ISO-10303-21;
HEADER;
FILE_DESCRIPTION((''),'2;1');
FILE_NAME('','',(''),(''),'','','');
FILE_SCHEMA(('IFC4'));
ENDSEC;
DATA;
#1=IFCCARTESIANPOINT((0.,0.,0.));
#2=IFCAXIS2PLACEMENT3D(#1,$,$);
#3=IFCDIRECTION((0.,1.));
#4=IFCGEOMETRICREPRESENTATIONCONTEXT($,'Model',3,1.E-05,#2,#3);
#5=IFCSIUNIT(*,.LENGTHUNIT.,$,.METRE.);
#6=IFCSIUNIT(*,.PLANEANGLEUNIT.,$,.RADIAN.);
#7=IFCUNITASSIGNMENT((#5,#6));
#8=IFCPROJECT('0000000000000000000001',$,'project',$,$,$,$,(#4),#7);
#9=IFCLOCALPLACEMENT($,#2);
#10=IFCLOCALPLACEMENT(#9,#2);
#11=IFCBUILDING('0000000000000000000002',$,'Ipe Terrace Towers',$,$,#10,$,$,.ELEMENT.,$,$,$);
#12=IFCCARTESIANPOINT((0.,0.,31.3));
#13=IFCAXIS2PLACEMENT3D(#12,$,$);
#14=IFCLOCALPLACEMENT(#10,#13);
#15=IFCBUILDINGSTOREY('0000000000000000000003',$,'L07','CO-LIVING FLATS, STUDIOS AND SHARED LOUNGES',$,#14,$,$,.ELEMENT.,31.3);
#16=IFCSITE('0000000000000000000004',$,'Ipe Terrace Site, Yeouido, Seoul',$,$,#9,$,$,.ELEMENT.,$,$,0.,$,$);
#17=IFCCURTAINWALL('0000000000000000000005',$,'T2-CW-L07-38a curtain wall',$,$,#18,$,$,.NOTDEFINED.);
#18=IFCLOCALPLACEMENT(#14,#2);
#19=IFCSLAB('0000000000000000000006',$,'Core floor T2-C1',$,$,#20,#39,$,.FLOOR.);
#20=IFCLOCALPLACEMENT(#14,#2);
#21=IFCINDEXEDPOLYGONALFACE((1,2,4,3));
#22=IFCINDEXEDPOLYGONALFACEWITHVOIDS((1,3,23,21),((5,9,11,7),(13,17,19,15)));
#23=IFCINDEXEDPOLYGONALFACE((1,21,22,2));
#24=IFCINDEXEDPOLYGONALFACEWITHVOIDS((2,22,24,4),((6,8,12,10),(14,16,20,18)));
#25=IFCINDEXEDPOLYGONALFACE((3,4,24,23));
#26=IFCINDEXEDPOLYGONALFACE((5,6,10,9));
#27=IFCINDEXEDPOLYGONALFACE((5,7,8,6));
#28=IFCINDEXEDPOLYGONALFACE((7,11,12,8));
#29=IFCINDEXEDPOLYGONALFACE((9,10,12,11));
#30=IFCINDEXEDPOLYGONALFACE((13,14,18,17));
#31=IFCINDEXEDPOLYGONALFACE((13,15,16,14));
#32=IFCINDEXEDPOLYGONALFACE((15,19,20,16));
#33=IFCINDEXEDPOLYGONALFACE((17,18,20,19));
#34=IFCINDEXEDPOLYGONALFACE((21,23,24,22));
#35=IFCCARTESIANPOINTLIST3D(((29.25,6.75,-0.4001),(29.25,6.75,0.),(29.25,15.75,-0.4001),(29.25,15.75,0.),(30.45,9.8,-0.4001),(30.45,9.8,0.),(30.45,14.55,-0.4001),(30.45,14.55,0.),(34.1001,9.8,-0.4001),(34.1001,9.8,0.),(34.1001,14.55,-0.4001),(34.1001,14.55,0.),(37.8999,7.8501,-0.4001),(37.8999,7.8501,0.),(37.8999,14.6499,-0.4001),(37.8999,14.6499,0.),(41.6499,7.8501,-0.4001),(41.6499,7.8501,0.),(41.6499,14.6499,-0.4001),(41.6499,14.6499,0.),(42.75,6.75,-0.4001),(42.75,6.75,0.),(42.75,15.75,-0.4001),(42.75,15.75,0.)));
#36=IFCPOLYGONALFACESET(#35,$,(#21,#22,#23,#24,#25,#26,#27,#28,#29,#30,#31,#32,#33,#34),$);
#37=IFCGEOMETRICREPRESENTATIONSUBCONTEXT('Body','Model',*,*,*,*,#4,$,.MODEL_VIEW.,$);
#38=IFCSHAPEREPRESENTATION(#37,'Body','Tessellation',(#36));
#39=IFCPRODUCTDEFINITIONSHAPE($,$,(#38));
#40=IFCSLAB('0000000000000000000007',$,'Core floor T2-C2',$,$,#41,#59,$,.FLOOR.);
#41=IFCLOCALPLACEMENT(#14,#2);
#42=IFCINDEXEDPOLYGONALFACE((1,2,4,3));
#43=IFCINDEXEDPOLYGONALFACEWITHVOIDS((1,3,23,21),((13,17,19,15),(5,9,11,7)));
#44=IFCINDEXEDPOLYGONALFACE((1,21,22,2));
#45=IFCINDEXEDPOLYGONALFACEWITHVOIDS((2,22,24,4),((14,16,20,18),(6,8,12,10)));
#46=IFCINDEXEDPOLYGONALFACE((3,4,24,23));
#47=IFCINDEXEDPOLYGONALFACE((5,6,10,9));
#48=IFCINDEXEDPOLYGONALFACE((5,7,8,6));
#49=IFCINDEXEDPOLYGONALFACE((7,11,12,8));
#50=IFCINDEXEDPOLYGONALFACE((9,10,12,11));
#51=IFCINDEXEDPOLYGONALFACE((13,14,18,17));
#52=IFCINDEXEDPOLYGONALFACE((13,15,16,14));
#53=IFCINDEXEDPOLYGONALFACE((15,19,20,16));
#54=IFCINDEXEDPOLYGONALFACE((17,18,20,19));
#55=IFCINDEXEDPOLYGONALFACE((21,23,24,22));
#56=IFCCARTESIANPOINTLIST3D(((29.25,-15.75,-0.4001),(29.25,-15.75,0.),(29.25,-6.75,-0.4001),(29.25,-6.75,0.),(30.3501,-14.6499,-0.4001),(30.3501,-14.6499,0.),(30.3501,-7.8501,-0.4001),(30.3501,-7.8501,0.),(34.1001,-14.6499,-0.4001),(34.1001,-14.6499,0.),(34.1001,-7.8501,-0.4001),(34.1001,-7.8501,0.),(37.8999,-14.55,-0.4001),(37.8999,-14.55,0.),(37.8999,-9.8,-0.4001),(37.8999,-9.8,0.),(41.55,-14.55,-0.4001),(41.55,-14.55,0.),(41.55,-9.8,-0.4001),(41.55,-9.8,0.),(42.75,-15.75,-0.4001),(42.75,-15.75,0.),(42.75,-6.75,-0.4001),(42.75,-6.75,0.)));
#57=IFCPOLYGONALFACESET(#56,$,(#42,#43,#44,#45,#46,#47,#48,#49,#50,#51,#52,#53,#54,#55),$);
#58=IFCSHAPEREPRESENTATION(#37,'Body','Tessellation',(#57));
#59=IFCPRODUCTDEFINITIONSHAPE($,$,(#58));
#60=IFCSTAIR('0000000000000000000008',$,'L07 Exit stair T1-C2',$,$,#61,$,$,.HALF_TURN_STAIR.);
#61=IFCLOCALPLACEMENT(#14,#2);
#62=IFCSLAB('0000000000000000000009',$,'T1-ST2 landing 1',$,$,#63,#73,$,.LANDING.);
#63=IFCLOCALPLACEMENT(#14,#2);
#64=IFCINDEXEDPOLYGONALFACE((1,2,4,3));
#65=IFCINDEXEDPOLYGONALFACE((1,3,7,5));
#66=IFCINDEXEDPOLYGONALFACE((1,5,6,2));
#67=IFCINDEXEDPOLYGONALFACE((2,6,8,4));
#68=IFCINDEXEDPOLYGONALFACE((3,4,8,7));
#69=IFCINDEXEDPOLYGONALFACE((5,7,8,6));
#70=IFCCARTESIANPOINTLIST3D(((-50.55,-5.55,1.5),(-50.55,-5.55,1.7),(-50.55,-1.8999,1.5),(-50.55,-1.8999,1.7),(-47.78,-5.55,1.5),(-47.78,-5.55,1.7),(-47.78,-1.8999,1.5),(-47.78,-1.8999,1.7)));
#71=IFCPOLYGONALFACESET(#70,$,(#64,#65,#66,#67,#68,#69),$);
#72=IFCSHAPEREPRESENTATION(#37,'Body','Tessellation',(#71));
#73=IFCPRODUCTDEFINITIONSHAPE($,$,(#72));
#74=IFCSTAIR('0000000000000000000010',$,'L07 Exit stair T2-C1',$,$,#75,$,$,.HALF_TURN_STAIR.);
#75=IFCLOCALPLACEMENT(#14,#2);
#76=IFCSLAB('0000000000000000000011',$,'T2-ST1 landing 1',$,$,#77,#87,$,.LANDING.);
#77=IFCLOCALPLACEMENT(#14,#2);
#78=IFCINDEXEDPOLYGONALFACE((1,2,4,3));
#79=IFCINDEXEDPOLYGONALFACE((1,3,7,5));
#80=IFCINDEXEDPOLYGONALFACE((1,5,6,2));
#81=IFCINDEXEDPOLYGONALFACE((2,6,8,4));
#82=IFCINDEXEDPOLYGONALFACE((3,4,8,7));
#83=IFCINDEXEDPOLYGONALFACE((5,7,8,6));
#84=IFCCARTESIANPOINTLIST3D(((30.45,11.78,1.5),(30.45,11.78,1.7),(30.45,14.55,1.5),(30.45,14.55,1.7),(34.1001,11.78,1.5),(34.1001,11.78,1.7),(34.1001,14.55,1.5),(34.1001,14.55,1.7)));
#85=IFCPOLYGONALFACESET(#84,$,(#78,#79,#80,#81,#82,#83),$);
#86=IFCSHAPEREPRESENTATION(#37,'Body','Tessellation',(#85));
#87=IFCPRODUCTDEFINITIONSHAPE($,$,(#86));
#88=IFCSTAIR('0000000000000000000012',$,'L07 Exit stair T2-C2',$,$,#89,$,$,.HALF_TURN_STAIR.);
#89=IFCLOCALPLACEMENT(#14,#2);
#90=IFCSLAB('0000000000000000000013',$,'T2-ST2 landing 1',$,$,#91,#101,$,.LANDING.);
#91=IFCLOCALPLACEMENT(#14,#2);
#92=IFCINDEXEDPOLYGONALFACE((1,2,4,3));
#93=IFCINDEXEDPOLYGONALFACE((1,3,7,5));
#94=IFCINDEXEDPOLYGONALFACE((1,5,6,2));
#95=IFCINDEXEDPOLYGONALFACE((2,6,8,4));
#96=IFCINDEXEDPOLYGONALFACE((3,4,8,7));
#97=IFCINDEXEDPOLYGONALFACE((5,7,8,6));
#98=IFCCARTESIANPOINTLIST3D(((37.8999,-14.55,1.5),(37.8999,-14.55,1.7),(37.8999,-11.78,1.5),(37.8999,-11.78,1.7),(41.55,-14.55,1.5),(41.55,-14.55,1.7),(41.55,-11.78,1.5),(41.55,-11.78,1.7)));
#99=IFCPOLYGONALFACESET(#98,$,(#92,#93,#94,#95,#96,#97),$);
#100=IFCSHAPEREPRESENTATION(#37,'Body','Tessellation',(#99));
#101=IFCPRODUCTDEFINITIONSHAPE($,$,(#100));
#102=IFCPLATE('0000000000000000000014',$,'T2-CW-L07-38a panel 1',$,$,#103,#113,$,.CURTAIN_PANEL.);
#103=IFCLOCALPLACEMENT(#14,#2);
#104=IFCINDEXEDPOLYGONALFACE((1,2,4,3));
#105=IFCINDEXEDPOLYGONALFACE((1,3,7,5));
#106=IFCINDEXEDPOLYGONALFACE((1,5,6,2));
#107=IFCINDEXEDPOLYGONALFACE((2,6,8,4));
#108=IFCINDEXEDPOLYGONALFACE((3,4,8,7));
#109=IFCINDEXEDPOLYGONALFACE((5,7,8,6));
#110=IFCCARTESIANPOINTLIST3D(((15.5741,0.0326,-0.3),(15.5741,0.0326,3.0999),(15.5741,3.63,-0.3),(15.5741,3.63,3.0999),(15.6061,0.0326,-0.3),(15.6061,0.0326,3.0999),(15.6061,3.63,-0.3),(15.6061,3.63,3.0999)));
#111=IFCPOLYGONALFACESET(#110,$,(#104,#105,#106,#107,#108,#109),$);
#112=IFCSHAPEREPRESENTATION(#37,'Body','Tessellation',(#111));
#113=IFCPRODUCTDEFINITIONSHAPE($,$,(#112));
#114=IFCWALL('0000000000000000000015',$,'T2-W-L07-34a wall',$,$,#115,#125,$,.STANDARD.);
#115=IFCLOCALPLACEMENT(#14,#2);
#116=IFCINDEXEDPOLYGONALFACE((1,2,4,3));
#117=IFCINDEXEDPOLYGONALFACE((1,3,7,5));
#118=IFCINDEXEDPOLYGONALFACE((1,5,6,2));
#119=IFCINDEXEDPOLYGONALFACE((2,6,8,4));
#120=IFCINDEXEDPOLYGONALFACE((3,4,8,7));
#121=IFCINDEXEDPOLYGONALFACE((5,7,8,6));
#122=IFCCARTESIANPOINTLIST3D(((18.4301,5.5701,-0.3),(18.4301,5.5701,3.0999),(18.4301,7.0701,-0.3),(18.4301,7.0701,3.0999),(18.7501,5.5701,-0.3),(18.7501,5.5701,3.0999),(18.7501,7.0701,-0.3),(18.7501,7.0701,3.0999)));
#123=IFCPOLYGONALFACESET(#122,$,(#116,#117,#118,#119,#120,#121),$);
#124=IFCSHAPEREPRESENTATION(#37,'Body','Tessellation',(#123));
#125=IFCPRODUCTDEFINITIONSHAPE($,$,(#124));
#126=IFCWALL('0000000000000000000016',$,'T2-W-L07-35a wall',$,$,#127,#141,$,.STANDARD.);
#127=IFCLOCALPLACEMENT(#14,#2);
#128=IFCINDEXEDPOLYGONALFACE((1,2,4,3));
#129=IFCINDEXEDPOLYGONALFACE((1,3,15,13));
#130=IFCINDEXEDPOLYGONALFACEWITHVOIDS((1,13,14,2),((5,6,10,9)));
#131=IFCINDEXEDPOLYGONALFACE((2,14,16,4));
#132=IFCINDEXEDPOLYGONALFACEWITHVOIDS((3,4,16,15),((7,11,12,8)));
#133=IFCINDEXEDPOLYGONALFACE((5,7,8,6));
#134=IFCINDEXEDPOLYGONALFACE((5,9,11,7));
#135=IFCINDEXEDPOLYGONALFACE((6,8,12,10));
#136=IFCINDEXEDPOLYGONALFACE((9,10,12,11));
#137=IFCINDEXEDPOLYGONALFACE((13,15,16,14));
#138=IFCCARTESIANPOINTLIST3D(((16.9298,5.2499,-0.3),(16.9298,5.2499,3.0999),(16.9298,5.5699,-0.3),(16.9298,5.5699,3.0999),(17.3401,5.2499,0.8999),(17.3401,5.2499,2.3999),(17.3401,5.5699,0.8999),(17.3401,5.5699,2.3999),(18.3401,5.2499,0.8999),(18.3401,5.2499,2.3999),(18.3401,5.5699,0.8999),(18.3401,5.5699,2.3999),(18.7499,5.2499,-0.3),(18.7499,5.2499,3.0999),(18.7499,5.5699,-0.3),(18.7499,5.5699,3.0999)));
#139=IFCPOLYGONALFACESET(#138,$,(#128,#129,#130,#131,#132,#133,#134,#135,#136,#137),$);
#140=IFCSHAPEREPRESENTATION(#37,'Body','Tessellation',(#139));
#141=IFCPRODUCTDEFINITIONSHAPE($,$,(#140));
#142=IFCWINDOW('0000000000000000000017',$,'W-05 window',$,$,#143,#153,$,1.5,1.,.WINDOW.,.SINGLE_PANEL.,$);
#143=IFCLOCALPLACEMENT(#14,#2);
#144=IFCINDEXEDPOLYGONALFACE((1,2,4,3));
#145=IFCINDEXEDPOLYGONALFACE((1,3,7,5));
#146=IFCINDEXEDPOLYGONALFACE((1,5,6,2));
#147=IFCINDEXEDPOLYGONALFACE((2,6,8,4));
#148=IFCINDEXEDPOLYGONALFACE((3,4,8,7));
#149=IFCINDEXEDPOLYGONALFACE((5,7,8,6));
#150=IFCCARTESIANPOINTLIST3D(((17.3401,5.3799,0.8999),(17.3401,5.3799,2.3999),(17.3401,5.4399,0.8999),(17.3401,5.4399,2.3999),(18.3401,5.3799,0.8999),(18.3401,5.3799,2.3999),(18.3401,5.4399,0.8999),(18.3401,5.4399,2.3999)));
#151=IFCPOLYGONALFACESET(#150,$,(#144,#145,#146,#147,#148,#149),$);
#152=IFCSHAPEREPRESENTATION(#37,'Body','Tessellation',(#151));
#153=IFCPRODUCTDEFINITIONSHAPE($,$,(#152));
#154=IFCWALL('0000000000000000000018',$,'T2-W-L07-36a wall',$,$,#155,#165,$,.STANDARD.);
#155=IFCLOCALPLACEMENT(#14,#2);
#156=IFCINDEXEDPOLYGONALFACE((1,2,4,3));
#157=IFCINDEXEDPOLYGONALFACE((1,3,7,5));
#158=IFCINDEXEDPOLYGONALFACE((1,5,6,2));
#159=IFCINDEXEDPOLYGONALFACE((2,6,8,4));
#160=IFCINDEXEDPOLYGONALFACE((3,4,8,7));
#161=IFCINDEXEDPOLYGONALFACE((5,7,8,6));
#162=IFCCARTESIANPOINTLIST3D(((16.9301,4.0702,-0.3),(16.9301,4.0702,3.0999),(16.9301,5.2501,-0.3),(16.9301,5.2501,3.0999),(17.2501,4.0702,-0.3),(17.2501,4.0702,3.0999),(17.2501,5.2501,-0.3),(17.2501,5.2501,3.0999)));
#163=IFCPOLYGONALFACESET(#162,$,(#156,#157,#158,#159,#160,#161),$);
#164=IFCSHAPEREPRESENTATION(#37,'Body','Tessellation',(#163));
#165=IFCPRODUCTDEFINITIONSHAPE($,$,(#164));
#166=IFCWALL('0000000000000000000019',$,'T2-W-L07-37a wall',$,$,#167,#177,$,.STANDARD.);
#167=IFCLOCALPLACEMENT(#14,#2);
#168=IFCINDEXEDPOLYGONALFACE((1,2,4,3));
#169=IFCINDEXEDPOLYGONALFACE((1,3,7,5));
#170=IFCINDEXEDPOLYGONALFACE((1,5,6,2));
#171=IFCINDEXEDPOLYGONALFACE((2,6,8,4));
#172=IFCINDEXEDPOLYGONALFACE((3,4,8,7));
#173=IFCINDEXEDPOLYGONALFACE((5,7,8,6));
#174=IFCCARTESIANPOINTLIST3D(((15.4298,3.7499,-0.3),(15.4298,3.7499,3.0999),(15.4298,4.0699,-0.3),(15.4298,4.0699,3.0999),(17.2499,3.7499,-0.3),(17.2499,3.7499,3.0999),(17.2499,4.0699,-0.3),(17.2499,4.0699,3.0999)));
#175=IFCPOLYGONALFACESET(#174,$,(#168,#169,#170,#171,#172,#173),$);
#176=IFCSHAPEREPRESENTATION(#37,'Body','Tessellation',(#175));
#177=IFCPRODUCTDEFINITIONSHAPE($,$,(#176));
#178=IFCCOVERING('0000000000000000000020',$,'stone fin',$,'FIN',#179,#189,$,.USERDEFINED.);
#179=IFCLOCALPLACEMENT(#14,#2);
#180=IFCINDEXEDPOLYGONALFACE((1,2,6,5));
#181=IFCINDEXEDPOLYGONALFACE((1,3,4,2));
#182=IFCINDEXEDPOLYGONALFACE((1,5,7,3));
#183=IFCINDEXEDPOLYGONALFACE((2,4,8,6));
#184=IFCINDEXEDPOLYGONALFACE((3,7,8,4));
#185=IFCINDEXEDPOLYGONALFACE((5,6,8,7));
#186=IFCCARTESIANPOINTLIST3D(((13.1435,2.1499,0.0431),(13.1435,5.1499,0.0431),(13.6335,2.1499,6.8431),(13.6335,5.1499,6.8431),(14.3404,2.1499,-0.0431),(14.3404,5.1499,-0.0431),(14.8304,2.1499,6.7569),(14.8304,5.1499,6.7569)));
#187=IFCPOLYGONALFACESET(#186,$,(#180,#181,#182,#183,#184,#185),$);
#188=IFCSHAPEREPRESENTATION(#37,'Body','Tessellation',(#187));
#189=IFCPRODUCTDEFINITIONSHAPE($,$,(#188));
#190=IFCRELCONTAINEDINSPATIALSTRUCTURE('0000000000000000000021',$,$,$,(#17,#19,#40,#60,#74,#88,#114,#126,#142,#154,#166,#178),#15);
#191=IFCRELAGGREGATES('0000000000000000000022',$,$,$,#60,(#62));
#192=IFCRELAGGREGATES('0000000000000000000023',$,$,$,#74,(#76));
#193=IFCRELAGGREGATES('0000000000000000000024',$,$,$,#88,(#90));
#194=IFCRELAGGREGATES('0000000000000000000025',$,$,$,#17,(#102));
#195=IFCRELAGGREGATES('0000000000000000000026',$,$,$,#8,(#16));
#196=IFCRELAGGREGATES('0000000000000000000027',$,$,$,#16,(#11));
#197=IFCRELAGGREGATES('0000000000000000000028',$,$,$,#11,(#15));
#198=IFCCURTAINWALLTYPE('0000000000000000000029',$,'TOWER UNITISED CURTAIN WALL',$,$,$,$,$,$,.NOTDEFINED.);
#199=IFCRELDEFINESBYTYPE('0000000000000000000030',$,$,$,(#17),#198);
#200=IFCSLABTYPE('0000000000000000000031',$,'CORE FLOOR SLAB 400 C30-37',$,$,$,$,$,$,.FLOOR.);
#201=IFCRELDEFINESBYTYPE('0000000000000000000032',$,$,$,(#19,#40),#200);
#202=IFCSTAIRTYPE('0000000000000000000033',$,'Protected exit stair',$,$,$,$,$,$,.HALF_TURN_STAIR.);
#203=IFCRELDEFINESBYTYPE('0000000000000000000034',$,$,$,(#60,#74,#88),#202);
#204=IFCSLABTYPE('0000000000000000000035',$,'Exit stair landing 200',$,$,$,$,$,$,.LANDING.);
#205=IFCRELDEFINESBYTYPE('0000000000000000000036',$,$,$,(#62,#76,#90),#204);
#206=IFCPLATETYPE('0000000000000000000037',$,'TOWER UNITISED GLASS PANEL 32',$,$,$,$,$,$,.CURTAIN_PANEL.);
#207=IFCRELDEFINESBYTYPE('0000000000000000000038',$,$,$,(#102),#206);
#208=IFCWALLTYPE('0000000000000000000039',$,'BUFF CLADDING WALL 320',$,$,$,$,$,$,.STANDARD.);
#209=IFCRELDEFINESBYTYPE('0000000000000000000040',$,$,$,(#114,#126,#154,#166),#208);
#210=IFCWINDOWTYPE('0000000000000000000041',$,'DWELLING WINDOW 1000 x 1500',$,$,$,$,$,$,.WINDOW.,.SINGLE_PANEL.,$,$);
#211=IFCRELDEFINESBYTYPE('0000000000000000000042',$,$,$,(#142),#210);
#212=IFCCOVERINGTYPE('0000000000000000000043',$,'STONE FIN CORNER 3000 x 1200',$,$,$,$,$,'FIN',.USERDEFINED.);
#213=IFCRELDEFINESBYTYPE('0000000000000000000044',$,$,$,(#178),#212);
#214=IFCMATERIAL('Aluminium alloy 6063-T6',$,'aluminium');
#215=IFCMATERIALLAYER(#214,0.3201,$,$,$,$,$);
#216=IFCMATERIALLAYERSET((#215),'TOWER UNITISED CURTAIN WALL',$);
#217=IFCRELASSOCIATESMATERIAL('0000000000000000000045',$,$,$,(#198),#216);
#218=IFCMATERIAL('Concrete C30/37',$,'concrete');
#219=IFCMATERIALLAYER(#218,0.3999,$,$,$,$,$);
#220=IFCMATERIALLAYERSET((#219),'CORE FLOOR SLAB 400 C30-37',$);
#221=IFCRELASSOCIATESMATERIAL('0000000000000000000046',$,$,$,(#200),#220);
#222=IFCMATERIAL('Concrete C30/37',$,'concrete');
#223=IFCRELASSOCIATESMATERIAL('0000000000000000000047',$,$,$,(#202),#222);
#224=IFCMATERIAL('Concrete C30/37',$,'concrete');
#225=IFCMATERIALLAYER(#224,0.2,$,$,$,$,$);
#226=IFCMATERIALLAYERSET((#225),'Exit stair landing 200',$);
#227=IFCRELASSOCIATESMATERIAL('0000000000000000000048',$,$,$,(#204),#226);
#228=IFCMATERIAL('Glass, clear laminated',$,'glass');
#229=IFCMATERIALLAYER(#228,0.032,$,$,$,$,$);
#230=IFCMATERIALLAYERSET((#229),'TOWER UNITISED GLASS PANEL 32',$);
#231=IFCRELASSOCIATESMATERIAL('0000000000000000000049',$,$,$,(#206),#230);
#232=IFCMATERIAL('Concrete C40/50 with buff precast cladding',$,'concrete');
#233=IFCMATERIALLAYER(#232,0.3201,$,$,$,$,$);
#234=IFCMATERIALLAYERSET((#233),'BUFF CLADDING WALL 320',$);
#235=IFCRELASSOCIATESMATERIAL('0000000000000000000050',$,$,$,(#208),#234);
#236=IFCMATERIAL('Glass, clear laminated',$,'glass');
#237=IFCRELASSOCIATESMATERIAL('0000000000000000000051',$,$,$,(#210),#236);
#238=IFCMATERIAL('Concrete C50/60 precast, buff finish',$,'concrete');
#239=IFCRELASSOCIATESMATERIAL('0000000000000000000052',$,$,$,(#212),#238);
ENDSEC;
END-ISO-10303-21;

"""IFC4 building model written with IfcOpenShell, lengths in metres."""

from ifc_helpers import new_model, si_unit, direction, frame, frame_2d, origin, origin_2d, place, context, subcontext, project, spatial, polyline, rectangle, outline, extrude, material, layer, layer_set, material_profile, profile_set, type_object, element, fill, aggregate, save


model = new_model("IFC4")

# Units and contexts
model_context = context("Model", 3, precision=1e-05, world=origin(), true_north=direction((0.0, 1.0)))
body_context = subcontext(model_context, "Body", "Model", "MODEL_VIEW")
ifc_project = project(units=[si_unit("LENGTHUNIT", "METRE"), si_unit("PLANEANGLEUNIT", "RADIAN")], contexts=[model_context])

# Site, building, storey
site_placement = place(None, origin())
site = spatial("IfcSite", under=ifc_project, at=site_placement, Name="Ipe Terrace Site, Yeouido, Seoul", CompositionType="ELEMENT", RefElevation=0.0)
building_placement = place(site_placement, origin())
building = spatial("IfcBuilding", under=site, at=building_placement, Name="Ipe Terrace Towers", CompositionType="ELEMENT")
storey_placement = place(building_placement, frame((0.0, 0.0, 31.3)))
storey = spatial("IfcBuildingStorey", under=building, at=storey_placement, Name="L07", Description="CO-LIVING FLATS, STUDIOS AND SHARED LOUNGES", CompositionType="ELEMENT", Elevation=31.3)

# Curtain wall
ifc_material_1 = material(Name="Aluminium alloy 6063-T6", Category="aluminium")
ifc_layer_1 = layer(ifc_material_1, 0.3201)
ifc_layer_set_1 = layer_set([ifc_layer_1], Name="TOWER UNITISED CURTAIN WALL")
curtain_wall_type = type_object("IfcCurtainWallType", Name="TOWER UNITISED CURTAIN WALL", PredefinedType="NOTDEFINED", material=ifc_layer_set_1)
curtain_wall_placement = place(storey_placement, origin())
curtain_wall = element("IfcCurtainWall", 1, at=curtain_wall_placement, inside=storey, type_object=curtain_wall_type, Name="T2-CW-L07-38a curtain wall", PredefinedType="NOTDEFINED")

# Slabs
ifc_material_2 = material(Name="Concrete C30/37", Category="concrete")
ifc_layer_2 = layer(ifc_material_2, 0.3999)
ifc_layer_set_2 = layer_set([ifc_layer_2], Name="CORE FLOOR SLAB 400 C30-37")
slab_type_1 = type_object("IfcSlabType", Name="CORE FLOOR SLAB 400 C30-37", PredefinedType="FLOOR", material=ifc_layer_set_2)
slab_1_placement = place(storey_placement, frame((0.0, 0.0, -0.4001)))
element("IfcSlab", 2, at=slab_1_placement, inside=storey, type_object=slab_type_1, Name="Core floor T2-C1", PredefinedType="FLOOR", context=body_context, shape_type="SweptSolid", body=[
    extrude(outline(polyline([(29.25, 6.75), (29.25, 15.75), (42.75, 15.75), (42.75, 6.75), (29.25, 6.75)]), holes=[polyline([(41.6499, 7.8501), (41.6499, 14.6499), (37.8999, 14.6499), (37.8999, 7.8501), (41.6499, 7.8501)]), polyline([(30.45, 9.8), (34.1001, 9.8), (34.1001, 14.55), (30.45, 14.55), (30.45, 9.8)])]), origin(), (0.0, 0.0, 1.0), 0.4001),
])
slab_2_placement = place(storey_placement, frame((0.0, 0.0, -0.4001)))
element("IfcSlab", 3, at=slab_2_placement, inside=storey, type_object=slab_type_1, Name="Core floor T2-C2", PredefinedType="FLOOR", context=body_context, shape_type="SweptSolid", body=[
    extrude(outline(polyline([(29.25, -15.75), (29.25, -6.75), (42.75, -6.75), (42.75, -15.75), (29.25, -15.75)]), holes=[polyline([(34.1001, -14.6499), (34.1001, -7.8501), (30.3501, -7.8501), (30.3501, -14.6499), (34.1001, -14.6499)]), polyline([(41.55, -9.8), (37.8999, -9.8), (37.8999, -14.55), (41.55, -14.55), (41.55, -9.8)])]), origin(), (0.0, 0.0, 1.0), 0.4001),
])

# Stairs, slabs
ifc_material_3 = material(Name="Concrete C30/37", Category="concrete")
stair_type = type_object("IfcStairType", Name="Protected exit stair", PredefinedType="HALF_TURN_STAIR", material=ifc_material_3)
stair_1_placement = place(storey_placement, origin())
stair_1 = element("IfcStair", 4, at=stair_1_placement, inside=storey, type_object=stair_type, Name="L07 Exit stair T1-C2", PredefinedType="HALF_TURN_STAIR")
ifc_material_4 = material(Name="Concrete C30/37", Category="concrete")
ifc_layer_3 = layer(ifc_material_4, 0.2)
ifc_layer_set_3 = layer_set([ifc_layer_3], Name="Exit stair landing 200")
slab_type_2 = type_object("IfcSlabType", Name="Exit stair landing 200", PredefinedType="LANDING", material=ifc_layer_set_3)
slab_3_placement = place(storey_placement, frame((0.0, 0.0, 1.5)))
slab_3 = element("IfcSlab", 5, at=slab_3_placement, type_object=slab_type_2, Name="T1-ST2 landing 1", PredefinedType="LANDING", context=body_context, shape_type="SweptSolid", body=[
    extrude(outline(polyline([(-47.78, -1.8999), (-50.55, -1.8999), (-50.55, -5.55), (-47.78, -5.55), (-47.78, -1.8999)])), origin(), (0.0, 0.0, 1.0), 0.2),
])
aggregate(stair_1, [slab_3])
stair_2_placement = place(storey_placement, origin())
stair_2 = element("IfcStair", 6, at=stair_2_placement, inside=storey, type_object=stair_type, Name="L07 Exit stair T2-C1", PredefinedType="HALF_TURN_STAIR")
slab_4_placement = place(storey_placement, frame((0.0, 0.0, 1.5)))
slab_4 = element("IfcSlab", 7, at=slab_4_placement, type_object=slab_type_2, Name="T2-ST1 landing 1", PredefinedType="LANDING", context=body_context, shape_type="SweptSolid", body=[
    extrude(outline(polyline([(34.1001, 11.78), (34.1001, 14.55), (30.45, 14.55), (30.45, 11.78), (34.1001, 11.78)])), origin(), (0.0, 0.0, 1.0), 0.2),
])
aggregate(stair_2, [slab_4])
stair_3_placement = place(storey_placement, origin())
stair_3 = element("IfcStair", 8, at=stair_3_placement, inside=storey, type_object=stair_type, Name="L07 Exit stair T2-C2", PredefinedType="HALF_TURN_STAIR")
slab_5_placement = place(storey_placement, frame((0.0, 0.0, 1.5)))
slab_5 = element("IfcSlab", 9, at=slab_5_placement, type_object=slab_type_2, Name="T2-ST2 landing 1", PredefinedType="LANDING", context=body_context, shape_type="SweptSolid", body=[
    extrude(outline(polyline([(37.8999, -11.78), (37.8999, -14.55), (41.55, -14.55), (41.55, -11.78), (37.8999, -11.78)])), origin(), (0.0, 0.0, 1.0), 0.2),
])
aggregate(stair_3, [slab_5])

# Plate
ifc_material_5 = material(Name="Glass, clear laminated", Category="glass")
ifc_layer_4 = layer(ifc_material_5, 0.032)
ifc_layer_set_4 = layer_set([ifc_layer_4], Name="TOWER UNITISED GLASS PANEL 32")
plate_type = type_object("IfcPlateType", Name="TOWER UNITISED GLASS PANEL 32", PredefinedType="CURTAIN_PANEL", material=ifc_layer_set_4)
plate_placement = place(storey_placement, frame((15.5901, 1.8313, -0.3), z_axis=(0.0, 0.0, 1.0), x_axis=(0.0, -1.0, 0.0)))
plate = element("IfcPlate", 10, at=plate_placement, type_object=plate_type, Name="T2-CW-L07-38a panel 1", PredefinedType="CURTAIN_PANEL", context=body_context, shape_type="SweptSolid", body=[
    extrude(rectangle(XDim=3.5974, YDim=0.032, at=origin_2d()), origin(), (0.0, 0.0, 1.0), 3.3999),
])
aggregate(curtain_wall, [plate])

# Wall
ifc_material_6 = material(Name="Concrete C40/50 with buff precast cladding", Category="concrete")
ifc_layer_5 = layer(ifc_material_6, 0.3201)
ifc_layer_set_5 = layer_set([ifc_layer_5], Name="BUFF CLADDING WALL 320")
wall_type = type_object("IfcWallType", Name="BUFF CLADDING WALL 320", PredefinedType="STANDARD", material=ifc_layer_set_5)
wall_1_placement = place(storey_placement, frame((18.5901, 7.0701, -0.3), z_axis=(0.0, 0.0, 1.0), x_axis=(0.0, -1.0, 0.0)))
element("IfcWall", 11, at=wall_1_placement, inside=storey, type_object=wall_type, Name="T2-W-L07-34a wall", PredefinedType="STANDARD", context=body_context, shape_type="SweptSolid", body=[
    extrude(rectangle(XDim=1.5, YDim=0.3201, at=frame_2d((0.75, 0.0))), origin(), (0.0, 0.0, 1.0), 3.3999),
])

# Wall, opening, window
wall_2_placement = place(storey_placement, frame((18.75, 5.4099, -0.3), z_axis=(0.0, 0.0, 1.0), x_axis=(-1.0, 0.0, 0.0)))
wall_2 = element("IfcWall", 12, at=wall_2_placement, inside=storey, type_object=wall_type, Name="T2-W-L07-35a wall", PredefinedType="STANDARD", context=body_context, shape_type="SweptSolid", body=[
    extrude(rectangle(XDim=1.8201, YDim=0.3201, at=frame_2d((0.9102, 0.0))), origin(), (0.0, 0.0, 1.0), 3.3999),
])
opening_placement = place(wall_2_placement, frame((0.4099, 0.0, 1.2)))
opening = element("IfcOpeningElement", 13, at=opening_placement, cuts=wall_2, PredefinedType="OPENING", context=body_context, shape_type="SweptSolid", body=[
    extrude(rectangle(XDim=1.0, YDim=1.5, at=frame_2d((0.5, 0.75))), frame((0.0, 0.1699, 0.0), z_axis=(0.0, -1.0, 0.0), x_axis=(1.0, 0.0, 0.0)), (0.0, 0.0, 1.0), 0.3401),
])
ifc_material_7 = material(Name="Glass, clear laminated", Category="glass")
window_type = type_object("IfcWindowType", Name="DWELLING WINDOW 1000 x 1500", PartitioningType="SINGLE_PANEL", PredefinedType="WINDOW", material=ifc_material_7)
window_placement = place(opening_placement, origin())
window = element("IfcWindow", 14, at=window_placement, inside=storey, type_object=window_type, Name="W-05 window", OverallHeight=1.5, OverallWidth=1.0, PartitioningType="SINGLE_PANEL", PredefinedType="WINDOW", context=body_context, shape_type="SweptSolid", body=[
    extrude(rectangle(XDim=1.0, YDim=1.5, at=frame_2d((0.5, 0.75))), frame((0.0, 0.03, 0.0), z_axis=(0.0, -1.0, 0.0), x_axis=(1.0, 0.0, 0.0)), (0.0, 0.0, 1.0), 0.0601),
])
fill(opening, window)

# Walls
wall_3_placement = place(storey_placement, frame((17.0901, 5.25, -0.3), z_axis=(0.0, 0.0, 1.0), x_axis=(0.0, -1.0, 0.0)))
element("IfcWall", 15, at=wall_3_placement, inside=storey, type_object=wall_type, Name="T2-W-L07-36a wall", PredefinedType="STANDARD", context=body_context, shape_type="SweptSolid", body=[
    extrude(rectangle(XDim=1.1799, YDim=0.3201, at=frame_2d((0.5898, 0.0))), origin(), (0.0, 0.0, 1.0), 3.3999),
])
wall_4_placement = place(storey_placement, frame((17.25, 3.9099, -0.3), z_axis=(0.0, 0.0, 1.0), x_axis=(-1.0, 0.0, 0.0)))
element("IfcWall", 16, at=wall_4_placement, inside=storey, type_object=wall_type, Name="T2-W-L07-37a wall", PredefinedType="STANDARD", context=body_context, shape_type="SweptSolid", body=[
    extrude(rectangle(XDim=1.8201, YDim=0.3201, at=frame_2d((0.9102, 0.0))), origin(), (0.0, 0.0, 1.0), 3.3999),
])

# Covering
ifc_material_8 = material(Name="Concrete C50/60 precast, buff finish", Category="concrete")
ifc_material_profile_1 = material_profile(ifc_material_8, rectangle(XDim=3.0, YDim=1.2, at=origin_2d()), Name="STONE FIN CORNER 3000 x 1200")
ifc_profile_set_1 = profile_set([ifc_material_profile_1], Name="Concrete C50/60 precast, buff finish")
covering_type_1 = type_object("IfcCoveringType", Name="STONE FIN CORNER 3000 x 1200", ElementType="FIN", PredefinedType="USERDEFINED", material=ifc_profile_set_1)
covering_1_placement = place(storey_placement, frame((13.7419, 3.6499, 0.0), z_axis=(0.071871, 0.0, 0.997414), x_axis=(0.0, -1.0, 0.0)))
element("IfcCovering", 17, at=covering_1_placement, inside=storey, type_object=covering_type_1, Name="stone fin", ObjectType="FIN", PredefinedType="USERDEFINED", context=body_context, shape_type="SweptSolid", body=[
    extrude(rectangle(XDim=3.0, YDim=1.2, at=origin_2d()), origin(), (0.0, 0.0, 1.0), 6.8176),
])

save(model, "model.ifc")
